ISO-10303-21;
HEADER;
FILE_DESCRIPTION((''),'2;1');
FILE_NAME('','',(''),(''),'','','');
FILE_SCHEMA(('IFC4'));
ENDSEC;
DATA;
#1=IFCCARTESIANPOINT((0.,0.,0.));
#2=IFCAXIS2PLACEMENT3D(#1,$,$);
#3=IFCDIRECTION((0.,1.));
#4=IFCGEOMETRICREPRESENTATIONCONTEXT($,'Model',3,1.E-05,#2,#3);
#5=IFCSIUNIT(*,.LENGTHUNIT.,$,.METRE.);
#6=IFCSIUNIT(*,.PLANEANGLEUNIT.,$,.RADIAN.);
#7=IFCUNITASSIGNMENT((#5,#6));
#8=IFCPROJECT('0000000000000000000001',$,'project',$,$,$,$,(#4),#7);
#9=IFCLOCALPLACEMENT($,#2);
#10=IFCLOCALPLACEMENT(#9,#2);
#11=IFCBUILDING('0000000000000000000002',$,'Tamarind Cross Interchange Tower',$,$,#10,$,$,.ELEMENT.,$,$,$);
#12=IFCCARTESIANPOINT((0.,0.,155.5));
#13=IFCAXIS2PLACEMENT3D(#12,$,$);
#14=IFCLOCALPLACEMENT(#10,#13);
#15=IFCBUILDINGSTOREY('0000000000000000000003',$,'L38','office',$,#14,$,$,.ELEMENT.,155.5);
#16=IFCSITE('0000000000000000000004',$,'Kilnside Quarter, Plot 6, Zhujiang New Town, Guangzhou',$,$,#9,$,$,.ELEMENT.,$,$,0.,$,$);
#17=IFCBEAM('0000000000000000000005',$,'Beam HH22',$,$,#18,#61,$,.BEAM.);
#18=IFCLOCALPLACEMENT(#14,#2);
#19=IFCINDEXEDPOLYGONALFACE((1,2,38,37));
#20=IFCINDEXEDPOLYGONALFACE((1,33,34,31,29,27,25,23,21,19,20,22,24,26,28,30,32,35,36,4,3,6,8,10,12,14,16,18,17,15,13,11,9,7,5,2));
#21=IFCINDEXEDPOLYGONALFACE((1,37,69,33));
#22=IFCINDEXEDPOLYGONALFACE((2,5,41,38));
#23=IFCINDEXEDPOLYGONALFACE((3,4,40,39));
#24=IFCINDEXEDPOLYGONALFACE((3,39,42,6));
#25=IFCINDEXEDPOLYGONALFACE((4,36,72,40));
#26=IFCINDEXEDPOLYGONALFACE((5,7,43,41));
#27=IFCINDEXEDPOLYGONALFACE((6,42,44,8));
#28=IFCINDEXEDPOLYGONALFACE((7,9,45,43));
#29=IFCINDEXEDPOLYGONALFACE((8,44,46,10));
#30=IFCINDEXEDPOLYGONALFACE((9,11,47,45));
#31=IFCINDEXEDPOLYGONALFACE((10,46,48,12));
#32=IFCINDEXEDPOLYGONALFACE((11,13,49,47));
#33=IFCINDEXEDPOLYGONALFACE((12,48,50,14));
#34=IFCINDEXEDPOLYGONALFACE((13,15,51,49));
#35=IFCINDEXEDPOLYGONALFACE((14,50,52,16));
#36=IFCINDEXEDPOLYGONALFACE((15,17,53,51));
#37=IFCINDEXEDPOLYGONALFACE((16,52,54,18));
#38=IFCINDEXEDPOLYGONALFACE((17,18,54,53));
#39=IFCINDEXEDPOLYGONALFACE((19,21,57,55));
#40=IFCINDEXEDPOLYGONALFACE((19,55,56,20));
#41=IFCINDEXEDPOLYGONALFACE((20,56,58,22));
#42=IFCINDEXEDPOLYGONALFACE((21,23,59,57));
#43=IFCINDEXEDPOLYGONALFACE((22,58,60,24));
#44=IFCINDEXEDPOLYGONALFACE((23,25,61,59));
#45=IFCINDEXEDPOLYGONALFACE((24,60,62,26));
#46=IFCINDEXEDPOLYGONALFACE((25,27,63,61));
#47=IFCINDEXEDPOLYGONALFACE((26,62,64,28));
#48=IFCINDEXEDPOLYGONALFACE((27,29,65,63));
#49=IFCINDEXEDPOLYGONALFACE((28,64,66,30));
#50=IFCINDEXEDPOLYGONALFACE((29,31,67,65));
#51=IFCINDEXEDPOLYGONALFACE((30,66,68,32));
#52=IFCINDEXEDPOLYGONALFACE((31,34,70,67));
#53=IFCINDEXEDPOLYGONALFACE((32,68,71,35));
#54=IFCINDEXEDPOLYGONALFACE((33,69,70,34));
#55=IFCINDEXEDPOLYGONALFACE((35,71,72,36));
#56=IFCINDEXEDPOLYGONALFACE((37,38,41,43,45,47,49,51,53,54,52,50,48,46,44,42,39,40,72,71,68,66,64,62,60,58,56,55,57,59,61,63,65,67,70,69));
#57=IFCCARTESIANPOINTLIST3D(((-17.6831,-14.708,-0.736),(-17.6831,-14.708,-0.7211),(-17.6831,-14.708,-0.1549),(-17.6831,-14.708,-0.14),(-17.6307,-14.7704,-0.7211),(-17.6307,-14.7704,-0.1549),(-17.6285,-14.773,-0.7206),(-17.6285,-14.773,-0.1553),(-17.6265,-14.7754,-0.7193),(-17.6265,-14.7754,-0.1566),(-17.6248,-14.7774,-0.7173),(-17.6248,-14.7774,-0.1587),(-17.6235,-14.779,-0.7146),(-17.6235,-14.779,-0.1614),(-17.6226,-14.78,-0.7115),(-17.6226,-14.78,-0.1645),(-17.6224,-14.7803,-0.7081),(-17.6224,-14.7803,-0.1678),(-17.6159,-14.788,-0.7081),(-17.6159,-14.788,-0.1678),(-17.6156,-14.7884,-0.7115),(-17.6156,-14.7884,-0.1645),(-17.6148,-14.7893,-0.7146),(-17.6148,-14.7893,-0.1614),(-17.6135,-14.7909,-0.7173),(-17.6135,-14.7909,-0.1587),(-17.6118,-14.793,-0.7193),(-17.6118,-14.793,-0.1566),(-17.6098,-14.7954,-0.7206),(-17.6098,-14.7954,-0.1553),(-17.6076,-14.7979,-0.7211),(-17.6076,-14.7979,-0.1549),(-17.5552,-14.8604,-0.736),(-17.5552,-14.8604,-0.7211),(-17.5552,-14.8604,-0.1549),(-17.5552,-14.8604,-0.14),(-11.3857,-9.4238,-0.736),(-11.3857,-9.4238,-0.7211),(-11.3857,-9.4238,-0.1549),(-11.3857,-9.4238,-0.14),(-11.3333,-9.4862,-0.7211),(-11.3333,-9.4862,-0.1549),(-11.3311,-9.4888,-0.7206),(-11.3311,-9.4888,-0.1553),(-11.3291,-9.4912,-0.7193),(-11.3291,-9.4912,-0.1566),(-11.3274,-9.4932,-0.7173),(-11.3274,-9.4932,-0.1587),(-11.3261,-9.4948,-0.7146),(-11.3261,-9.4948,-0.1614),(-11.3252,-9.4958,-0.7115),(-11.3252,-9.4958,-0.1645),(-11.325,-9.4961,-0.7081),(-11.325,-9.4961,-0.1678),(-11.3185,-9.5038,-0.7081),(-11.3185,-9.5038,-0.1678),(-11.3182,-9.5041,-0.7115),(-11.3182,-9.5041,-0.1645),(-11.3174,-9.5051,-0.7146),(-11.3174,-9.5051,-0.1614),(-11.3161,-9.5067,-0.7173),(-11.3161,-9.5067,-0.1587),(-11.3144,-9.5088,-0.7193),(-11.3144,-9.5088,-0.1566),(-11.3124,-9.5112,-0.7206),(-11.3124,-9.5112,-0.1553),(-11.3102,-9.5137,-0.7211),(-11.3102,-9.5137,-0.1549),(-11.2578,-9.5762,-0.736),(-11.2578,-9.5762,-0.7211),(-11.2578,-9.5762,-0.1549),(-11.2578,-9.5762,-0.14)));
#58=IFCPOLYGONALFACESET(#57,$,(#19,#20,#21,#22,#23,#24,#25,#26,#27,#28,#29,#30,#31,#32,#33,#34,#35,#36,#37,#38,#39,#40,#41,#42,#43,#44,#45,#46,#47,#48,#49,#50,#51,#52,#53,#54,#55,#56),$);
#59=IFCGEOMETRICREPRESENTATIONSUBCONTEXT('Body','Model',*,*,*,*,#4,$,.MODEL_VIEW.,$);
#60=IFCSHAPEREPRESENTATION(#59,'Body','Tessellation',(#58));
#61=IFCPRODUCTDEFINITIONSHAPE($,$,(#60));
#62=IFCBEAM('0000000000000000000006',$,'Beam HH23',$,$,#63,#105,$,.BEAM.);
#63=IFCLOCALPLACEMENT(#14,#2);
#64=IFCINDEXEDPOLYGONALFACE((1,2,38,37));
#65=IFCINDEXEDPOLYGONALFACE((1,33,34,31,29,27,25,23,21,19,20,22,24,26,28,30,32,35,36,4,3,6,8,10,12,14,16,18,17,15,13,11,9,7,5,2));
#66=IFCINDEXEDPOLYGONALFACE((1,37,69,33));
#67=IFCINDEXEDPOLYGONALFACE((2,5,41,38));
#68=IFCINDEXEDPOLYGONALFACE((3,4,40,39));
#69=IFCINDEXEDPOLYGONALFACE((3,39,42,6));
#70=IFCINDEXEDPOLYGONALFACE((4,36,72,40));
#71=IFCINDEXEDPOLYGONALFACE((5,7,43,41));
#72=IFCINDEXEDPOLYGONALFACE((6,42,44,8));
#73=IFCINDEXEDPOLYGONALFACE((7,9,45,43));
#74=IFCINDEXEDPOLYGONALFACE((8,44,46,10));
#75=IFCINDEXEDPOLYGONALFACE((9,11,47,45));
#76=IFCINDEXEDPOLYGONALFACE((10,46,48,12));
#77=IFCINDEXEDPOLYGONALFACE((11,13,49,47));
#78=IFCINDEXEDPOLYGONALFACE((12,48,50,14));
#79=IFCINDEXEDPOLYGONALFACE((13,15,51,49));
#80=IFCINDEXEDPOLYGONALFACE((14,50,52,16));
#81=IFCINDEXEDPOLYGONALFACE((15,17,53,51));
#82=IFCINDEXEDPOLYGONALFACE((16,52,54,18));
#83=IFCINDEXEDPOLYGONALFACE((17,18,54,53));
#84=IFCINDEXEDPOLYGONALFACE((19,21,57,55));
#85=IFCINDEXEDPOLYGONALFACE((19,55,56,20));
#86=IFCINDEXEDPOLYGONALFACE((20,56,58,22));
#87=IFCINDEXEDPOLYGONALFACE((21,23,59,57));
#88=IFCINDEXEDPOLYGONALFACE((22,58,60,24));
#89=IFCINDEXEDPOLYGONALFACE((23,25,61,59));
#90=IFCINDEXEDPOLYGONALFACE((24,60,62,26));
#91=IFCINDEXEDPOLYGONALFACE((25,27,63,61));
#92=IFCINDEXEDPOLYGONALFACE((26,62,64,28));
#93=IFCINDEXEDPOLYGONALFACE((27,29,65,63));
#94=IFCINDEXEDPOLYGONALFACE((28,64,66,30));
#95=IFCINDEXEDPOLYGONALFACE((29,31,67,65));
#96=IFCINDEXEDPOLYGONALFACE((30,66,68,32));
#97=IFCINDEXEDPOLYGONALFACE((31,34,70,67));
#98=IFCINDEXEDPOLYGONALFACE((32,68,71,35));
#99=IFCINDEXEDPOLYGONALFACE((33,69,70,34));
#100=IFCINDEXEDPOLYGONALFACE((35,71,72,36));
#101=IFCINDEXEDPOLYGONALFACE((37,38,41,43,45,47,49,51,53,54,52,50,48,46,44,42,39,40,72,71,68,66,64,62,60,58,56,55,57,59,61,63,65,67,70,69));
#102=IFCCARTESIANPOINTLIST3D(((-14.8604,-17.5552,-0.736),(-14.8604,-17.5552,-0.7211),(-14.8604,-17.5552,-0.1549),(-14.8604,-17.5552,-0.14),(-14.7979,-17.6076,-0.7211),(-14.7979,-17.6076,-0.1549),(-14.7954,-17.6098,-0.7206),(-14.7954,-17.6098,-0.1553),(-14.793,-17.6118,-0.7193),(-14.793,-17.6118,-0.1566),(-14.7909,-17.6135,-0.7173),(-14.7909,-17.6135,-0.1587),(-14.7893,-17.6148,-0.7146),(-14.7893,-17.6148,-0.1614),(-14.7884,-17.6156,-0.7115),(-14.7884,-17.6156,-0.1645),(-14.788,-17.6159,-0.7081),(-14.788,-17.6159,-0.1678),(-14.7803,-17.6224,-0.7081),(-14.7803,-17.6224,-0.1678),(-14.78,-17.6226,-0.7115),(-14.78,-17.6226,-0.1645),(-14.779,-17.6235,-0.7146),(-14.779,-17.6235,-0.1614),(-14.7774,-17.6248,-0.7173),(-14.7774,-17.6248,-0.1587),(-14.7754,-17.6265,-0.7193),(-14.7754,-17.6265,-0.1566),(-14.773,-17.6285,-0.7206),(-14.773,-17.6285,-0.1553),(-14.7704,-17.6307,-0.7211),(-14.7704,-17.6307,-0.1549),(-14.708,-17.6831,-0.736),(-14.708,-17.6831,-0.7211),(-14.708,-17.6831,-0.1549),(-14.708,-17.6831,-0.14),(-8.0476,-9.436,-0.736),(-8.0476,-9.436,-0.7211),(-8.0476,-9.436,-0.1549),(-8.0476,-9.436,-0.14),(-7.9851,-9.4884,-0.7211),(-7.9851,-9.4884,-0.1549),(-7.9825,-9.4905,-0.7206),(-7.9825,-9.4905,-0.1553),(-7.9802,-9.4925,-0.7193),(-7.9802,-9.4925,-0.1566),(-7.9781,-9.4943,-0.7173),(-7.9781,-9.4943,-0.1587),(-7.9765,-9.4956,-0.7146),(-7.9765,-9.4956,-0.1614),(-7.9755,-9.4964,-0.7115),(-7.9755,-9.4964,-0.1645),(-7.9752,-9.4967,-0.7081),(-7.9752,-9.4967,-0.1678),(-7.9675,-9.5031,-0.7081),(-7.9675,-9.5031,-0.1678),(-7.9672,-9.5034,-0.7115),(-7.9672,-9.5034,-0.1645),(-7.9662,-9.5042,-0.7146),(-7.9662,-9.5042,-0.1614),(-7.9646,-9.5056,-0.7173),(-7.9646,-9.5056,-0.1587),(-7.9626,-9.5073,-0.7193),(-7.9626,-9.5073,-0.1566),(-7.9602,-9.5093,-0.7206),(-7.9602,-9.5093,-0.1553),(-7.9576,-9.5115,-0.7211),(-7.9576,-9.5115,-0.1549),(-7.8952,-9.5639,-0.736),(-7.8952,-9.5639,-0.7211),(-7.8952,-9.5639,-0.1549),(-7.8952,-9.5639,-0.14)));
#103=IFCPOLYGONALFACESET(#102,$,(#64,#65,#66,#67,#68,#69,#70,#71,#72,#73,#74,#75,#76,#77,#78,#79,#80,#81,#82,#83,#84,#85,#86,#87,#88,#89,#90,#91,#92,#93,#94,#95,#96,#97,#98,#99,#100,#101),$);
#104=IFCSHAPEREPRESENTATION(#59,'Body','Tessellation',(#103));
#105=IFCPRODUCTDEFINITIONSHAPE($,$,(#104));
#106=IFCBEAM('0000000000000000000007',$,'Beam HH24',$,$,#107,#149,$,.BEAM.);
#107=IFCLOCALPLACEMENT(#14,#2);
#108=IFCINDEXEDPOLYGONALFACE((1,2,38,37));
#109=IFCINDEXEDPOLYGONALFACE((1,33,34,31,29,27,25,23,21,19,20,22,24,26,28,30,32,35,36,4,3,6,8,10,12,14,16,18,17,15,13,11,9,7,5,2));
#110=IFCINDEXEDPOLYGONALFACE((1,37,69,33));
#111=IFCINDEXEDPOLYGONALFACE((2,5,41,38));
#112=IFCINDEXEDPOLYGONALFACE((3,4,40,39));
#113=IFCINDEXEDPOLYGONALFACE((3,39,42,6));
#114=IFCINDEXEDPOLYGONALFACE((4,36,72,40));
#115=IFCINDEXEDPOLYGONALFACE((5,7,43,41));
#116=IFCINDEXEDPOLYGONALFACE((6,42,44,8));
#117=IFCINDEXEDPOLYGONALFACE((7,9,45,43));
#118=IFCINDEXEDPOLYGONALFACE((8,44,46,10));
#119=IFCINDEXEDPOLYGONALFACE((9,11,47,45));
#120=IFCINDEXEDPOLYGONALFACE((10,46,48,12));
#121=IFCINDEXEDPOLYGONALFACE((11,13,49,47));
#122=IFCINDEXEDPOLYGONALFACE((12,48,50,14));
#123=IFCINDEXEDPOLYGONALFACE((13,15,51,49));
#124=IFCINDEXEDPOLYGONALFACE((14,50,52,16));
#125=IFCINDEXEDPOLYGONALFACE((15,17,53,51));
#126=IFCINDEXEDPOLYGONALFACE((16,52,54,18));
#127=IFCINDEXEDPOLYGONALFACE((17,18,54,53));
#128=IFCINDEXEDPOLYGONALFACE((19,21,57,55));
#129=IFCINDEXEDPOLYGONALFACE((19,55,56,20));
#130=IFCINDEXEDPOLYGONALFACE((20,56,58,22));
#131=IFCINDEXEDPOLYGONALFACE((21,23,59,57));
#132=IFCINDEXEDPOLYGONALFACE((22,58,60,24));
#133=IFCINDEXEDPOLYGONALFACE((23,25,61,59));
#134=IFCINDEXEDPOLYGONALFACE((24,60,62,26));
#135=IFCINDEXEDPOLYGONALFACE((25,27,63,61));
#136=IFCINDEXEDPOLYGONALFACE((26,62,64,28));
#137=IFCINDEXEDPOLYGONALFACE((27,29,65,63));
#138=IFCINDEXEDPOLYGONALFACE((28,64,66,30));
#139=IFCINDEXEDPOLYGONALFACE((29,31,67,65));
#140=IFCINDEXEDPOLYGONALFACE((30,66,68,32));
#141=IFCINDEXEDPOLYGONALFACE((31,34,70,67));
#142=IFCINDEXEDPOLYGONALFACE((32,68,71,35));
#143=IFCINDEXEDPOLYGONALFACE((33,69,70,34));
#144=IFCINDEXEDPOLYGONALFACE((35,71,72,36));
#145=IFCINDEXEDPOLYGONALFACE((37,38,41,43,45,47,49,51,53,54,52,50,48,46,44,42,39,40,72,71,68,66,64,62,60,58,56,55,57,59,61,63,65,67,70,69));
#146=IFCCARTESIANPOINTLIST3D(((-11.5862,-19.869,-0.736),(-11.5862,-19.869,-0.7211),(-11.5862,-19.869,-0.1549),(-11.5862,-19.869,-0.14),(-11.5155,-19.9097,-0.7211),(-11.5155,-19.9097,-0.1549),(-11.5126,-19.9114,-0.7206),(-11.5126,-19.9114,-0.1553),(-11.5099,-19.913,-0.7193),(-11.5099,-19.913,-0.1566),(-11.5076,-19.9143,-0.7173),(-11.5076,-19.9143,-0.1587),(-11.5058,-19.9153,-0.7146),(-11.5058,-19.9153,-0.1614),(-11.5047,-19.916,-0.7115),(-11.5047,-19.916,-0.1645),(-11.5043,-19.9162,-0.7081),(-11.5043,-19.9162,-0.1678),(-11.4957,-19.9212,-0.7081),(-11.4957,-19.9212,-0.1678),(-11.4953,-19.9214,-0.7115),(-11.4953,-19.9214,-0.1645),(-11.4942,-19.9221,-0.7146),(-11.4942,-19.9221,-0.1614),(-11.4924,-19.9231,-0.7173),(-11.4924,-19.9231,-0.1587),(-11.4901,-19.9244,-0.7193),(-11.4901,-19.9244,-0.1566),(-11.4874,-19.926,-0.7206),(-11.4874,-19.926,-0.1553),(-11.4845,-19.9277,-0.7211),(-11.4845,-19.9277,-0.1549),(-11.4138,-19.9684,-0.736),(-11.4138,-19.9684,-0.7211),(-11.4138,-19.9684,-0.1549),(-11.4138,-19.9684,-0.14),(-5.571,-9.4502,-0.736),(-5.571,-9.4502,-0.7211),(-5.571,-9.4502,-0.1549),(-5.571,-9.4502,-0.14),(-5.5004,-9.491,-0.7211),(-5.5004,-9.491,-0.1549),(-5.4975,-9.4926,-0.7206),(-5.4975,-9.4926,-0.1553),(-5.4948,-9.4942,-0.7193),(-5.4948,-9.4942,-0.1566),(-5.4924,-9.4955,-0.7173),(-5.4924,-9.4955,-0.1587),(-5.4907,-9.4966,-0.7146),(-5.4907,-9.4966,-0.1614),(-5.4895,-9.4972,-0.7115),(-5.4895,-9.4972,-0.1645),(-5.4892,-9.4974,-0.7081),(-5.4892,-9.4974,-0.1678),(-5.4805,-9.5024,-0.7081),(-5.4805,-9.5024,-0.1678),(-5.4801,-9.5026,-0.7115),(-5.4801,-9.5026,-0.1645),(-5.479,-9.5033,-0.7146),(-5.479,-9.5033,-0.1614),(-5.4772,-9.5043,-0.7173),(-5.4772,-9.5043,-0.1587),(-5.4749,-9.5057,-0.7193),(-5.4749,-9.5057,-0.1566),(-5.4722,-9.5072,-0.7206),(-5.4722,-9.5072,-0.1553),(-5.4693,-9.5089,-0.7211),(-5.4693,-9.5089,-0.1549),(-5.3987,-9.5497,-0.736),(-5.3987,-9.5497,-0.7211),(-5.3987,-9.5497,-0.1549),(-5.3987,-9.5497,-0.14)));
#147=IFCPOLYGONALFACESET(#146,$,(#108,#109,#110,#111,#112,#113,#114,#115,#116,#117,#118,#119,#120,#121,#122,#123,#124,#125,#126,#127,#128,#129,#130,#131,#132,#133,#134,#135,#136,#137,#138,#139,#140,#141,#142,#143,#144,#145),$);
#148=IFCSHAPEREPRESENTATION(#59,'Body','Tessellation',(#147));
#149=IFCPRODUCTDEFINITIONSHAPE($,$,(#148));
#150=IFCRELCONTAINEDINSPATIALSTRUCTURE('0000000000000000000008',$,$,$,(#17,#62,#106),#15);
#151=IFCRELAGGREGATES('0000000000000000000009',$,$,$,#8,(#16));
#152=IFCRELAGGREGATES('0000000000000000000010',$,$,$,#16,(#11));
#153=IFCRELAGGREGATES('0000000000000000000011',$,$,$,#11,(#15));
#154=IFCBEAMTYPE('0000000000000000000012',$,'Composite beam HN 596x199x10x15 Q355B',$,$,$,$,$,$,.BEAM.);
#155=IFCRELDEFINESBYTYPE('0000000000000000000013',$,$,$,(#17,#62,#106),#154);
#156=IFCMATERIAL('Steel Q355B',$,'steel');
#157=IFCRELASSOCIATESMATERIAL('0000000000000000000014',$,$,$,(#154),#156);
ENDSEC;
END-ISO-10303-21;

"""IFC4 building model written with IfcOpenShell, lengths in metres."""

from ifc_helpers import new_model, si_unit, direction, frame, origin, origin_2d, place, context, subcontext, project, spatial, i_section, extrude, material, material_profile, profile_set, type_object, element, save


model = new_model("IFC4")

# Units and contexts
model_context = context("Model", 3, precision=1e-05, world=origin(), true_north=direction((0.0, 1.0)))
body_context = subcontext(model_context, "Body", "Model", "MODEL_VIEW")
ifc_project = project(units=[si_unit("LENGTHUNIT", "METRE"), si_unit("PLANEANGLEUNIT", "RADIAN")], contexts=[model_context])

# Site, building, storey
site_placement = place(None, origin())
site = spatial("IfcSite", under=ifc_project, at=site_placement, Name="Kilnside Quarter, Plot 6, Zhujiang New Town, Guangzhou", CompositionType="ELEMENT", RefElevation=0.0)
building_placement = place(site_placement, origin())
building = spatial("IfcBuilding", under=site, at=building_placement, Name="Tamarind Cross Interchange Tower", CompositionType="ELEMENT")
storey_placement = place(building_placement, frame((0.0, 0.0, 155.5)))
storey = spatial("IfcBuildingStorey", under=building, at=storey_placement, Name="L38", Description="office", CompositionType="ELEMENT", Elevation=155.5)

# Beams
ifc_material_1 = material(Name="Steel Q355B", Category="steel")
ifc_material_profile_1 = material_profile(ifc_material_1, i_section(OverallWidth=0.199, OverallDepth=0.5959, WebThickness=0.01, FlangeThickness=0.0149, FilletRadius=0.0129, at=origin_2d()), Name="HN 596x199x10x15")
ifc_profile_set_1 = profile_set([ifc_material_profile_1], Name="Steel Q355B")
beam_type_1 = type_object("IfcBeamType", Name="Composite beam HN 596x199x10x15 Q355B", PredefinedType="BEAM", material=ifc_profile_set_1)
beam_1_placement = place(storey_placement, frame((-17.6191, -14.7842, -0.438), z_axis=(0.766041, 0.642792, 0.0), x_axis=(-0.642792, 0.766041, 0.0)))
element("IfcBeam", 1, at=beam_1_placement, inside=storey, type_object=beam_type_1, Name="Beam HH22", PredefinedType="BEAM", context=body_context, shape_type="SweptSolid", body=[
    extrude(i_section(OverallWidth=0.199, OverallDepth=0.5959, WebThickness=0.01, FlangeThickness=0.0149, FilletRadius=0.0129, at=origin_2d()), origin(), (0.0, 0.0, 1.0), 8.2207),
])
beam_2_placement = place(storey_placement, frame((-14.7842, -17.6191, -0.438), z_axis=(0.642786, 0.766046, 0.0), x_axis=(-0.766046, 0.642786, 0.0)))
element("IfcBeam", 2, at=beam_2_placement, inside=storey, type_object=beam_type_1, Name="Beam HH23", PredefinedType="BEAM", context=body_context, shape_type="SweptSolid", body=[
    extrude(i_section(OverallWidth=0.199, OverallDepth=0.5959, WebThickness=0.01, FlangeThickness=0.0149, FilletRadius=0.0129, at=origin_2d()), origin(), (0.0, 0.0, 1.0), 10.5989),
])
beam_3_placement = place(storey_placement, frame((-11.5, -19.9187, -0.438), z_axis=(0.499994, 0.866029, 0.0), x_axis=(-0.866029, 0.499994, 0.0)))
element("IfcBeam", 3, at=beam_3_placement, inside=storey, type_object=beam_type_1, Name="Beam HH24", PredefinedType="BEAM", context=body_context, shape_type="SweptSolid", body=[
    extrude(i_section(OverallWidth=0.199, OverallDepth=0.5959, WebThickness=0.01, FlangeThickness=0.0149, FilletRadius=0.0129, at=origin_2d()), origin(), (0.0, 0.0, 1.0), 12.0305),
])

save(model, "model.ifc")
